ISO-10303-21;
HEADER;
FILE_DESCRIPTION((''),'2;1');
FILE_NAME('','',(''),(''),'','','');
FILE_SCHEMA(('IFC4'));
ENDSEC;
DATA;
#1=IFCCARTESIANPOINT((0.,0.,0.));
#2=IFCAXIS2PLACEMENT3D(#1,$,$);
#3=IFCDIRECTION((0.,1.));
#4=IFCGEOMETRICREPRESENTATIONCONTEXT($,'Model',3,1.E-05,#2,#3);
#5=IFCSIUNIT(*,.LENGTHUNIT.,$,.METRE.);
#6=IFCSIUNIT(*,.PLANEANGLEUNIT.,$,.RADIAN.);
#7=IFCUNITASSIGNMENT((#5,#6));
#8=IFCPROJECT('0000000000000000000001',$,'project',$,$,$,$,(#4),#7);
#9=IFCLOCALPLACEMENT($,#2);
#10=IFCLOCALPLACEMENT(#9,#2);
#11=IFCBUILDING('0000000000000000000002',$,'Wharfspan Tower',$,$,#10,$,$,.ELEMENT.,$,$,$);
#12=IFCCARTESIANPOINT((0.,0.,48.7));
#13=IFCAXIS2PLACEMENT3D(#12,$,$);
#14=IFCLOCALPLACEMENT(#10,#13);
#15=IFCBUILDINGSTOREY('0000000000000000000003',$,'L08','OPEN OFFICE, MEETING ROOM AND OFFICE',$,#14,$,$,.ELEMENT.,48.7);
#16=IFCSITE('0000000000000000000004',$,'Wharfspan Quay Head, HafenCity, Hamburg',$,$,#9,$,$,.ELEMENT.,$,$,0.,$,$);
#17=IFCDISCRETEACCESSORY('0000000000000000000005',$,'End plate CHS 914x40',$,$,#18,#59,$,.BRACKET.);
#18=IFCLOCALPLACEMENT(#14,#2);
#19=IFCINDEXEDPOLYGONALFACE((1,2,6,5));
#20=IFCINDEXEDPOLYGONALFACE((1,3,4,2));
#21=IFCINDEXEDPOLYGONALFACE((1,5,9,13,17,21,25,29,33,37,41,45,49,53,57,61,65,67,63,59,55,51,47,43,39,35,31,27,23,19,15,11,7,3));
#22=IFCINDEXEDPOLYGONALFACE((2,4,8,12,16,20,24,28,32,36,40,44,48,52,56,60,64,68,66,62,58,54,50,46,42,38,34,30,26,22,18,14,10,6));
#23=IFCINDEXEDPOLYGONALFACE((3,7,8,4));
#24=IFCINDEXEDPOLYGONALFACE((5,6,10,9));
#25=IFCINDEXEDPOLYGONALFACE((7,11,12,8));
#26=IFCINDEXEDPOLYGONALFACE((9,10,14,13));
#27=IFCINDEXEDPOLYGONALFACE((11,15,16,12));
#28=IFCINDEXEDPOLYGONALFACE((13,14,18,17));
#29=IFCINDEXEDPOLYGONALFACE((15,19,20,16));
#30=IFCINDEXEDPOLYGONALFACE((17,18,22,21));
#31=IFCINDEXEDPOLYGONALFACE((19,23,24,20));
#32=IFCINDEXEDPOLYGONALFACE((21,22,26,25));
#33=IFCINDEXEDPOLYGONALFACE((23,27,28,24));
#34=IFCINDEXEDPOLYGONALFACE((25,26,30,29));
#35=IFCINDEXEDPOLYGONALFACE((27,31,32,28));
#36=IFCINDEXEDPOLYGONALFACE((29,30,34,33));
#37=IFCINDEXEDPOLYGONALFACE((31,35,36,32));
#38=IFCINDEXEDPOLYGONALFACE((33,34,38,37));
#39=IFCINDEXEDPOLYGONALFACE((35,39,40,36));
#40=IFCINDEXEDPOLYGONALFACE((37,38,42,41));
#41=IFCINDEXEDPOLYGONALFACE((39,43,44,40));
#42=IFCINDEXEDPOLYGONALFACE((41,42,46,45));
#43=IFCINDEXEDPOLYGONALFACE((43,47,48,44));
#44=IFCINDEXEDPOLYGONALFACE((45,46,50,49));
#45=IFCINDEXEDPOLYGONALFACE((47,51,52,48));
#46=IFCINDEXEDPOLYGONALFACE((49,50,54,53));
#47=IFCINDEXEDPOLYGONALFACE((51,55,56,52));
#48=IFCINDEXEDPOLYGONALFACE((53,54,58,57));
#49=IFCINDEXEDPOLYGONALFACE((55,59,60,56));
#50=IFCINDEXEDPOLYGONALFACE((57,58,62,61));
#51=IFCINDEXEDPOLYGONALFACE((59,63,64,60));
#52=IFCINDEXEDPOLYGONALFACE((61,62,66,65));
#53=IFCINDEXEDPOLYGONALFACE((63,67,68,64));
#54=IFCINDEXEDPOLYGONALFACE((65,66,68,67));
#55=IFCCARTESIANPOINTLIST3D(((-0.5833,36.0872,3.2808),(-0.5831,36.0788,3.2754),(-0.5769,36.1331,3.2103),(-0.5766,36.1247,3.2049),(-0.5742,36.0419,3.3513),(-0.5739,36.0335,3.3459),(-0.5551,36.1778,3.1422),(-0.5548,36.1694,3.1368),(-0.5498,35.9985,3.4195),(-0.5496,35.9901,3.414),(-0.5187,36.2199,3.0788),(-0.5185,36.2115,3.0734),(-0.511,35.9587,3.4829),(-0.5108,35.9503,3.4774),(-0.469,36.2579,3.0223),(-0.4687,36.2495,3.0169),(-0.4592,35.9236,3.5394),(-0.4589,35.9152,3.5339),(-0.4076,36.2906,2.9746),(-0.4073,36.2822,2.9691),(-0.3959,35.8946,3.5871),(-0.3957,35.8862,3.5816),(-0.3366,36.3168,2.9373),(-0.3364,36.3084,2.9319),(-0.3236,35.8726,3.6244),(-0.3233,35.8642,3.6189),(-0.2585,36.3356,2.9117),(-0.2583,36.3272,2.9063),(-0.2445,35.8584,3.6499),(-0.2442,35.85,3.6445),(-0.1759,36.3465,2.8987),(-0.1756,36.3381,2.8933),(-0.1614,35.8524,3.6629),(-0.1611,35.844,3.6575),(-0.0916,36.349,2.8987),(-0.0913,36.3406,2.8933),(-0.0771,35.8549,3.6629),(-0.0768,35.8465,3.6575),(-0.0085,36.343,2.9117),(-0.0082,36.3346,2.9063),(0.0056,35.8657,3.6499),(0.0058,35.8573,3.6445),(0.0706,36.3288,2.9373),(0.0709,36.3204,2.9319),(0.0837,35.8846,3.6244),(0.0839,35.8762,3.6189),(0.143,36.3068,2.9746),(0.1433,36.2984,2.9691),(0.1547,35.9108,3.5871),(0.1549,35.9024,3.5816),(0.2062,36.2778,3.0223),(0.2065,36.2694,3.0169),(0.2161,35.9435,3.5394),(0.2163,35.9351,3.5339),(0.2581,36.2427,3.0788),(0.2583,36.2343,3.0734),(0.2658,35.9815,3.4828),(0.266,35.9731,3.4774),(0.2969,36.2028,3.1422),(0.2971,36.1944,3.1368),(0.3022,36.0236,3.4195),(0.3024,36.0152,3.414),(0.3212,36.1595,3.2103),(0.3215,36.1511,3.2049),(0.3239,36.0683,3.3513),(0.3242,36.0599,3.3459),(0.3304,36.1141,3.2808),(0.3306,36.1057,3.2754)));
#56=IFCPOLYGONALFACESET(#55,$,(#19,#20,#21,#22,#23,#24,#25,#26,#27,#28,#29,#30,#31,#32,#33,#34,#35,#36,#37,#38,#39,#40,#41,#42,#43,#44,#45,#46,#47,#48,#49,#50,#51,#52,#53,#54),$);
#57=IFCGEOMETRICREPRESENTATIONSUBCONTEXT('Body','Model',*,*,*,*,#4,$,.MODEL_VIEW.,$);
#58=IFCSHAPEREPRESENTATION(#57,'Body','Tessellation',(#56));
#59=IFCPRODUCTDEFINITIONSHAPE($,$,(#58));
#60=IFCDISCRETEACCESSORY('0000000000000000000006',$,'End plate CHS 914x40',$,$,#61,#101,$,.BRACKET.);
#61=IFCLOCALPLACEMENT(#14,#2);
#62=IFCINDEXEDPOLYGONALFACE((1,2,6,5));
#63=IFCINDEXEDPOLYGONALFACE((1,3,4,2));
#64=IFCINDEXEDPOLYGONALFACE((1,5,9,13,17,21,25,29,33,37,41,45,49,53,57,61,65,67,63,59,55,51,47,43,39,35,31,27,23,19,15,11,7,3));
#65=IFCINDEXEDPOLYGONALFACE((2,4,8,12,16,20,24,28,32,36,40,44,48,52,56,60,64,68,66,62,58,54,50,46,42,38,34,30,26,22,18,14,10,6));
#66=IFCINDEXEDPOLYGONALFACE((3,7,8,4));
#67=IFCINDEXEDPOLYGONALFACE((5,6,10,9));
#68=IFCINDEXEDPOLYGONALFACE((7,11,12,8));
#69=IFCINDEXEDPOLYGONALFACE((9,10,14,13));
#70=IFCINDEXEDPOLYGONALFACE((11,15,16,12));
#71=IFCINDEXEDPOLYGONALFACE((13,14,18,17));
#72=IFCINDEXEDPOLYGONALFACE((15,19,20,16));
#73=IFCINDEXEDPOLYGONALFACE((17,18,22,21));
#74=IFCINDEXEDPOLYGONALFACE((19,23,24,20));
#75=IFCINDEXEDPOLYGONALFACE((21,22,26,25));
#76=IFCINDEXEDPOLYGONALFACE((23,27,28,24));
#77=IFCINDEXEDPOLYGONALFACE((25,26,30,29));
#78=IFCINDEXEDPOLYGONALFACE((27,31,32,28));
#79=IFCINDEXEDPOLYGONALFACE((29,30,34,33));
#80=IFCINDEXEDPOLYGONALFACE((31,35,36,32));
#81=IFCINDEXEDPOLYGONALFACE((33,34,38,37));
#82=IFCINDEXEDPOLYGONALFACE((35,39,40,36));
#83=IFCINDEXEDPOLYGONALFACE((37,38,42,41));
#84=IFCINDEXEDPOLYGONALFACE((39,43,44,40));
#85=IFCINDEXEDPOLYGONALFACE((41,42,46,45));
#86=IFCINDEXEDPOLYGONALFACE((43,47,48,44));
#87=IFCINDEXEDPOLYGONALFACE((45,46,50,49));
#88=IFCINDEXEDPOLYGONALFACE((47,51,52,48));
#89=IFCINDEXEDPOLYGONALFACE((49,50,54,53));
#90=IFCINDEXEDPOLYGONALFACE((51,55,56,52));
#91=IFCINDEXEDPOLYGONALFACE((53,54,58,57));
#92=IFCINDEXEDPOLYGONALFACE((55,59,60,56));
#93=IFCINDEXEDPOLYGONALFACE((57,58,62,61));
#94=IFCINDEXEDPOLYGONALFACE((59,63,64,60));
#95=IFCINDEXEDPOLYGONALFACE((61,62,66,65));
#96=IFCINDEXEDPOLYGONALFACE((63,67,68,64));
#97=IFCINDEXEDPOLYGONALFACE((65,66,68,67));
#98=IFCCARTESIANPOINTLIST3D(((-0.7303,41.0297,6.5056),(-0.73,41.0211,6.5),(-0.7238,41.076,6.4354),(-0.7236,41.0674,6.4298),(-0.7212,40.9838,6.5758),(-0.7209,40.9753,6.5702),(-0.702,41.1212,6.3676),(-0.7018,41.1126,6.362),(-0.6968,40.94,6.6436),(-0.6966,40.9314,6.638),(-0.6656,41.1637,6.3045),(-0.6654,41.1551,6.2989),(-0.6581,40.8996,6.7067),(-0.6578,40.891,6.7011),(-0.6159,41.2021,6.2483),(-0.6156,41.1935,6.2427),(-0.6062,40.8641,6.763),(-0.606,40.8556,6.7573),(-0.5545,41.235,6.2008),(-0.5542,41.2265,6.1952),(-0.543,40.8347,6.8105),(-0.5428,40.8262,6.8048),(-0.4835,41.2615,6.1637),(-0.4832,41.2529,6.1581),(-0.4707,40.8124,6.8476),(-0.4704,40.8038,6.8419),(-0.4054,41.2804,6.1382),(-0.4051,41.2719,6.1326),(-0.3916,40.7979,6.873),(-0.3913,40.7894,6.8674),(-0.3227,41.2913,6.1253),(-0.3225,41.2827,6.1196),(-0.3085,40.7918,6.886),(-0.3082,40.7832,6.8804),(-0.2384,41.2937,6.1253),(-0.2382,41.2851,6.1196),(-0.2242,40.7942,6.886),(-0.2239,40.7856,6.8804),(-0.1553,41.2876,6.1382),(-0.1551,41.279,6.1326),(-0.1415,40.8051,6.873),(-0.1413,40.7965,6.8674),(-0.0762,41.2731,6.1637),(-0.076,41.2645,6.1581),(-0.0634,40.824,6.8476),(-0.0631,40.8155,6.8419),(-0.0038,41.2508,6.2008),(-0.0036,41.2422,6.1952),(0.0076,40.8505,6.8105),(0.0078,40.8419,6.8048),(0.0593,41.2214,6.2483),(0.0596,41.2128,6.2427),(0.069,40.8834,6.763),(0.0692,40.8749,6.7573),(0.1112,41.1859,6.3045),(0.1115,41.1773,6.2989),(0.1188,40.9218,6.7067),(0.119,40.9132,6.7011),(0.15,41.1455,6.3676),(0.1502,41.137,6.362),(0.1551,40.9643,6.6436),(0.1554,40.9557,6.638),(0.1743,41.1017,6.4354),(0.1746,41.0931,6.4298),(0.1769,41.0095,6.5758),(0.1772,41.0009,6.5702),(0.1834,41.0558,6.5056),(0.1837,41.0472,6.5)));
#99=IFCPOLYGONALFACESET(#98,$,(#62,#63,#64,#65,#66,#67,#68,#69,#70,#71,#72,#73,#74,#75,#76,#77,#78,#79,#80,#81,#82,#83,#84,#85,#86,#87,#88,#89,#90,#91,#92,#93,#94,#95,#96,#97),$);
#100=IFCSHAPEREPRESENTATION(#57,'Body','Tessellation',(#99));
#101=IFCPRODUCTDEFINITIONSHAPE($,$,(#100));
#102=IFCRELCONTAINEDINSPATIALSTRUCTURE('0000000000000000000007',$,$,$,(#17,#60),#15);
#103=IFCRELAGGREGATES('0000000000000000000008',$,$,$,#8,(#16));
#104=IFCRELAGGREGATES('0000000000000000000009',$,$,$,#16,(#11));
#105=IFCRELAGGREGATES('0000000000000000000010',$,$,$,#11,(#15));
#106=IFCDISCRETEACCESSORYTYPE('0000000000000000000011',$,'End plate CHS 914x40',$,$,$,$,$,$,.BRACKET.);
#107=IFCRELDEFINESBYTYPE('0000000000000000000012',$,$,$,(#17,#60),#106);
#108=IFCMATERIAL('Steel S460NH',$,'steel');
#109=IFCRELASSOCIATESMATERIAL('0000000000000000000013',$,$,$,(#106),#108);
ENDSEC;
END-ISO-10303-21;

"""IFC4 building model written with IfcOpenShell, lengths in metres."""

from ifc_helpers import new_model, si_unit, direction, frame, origin, origin_2d, place, context, subcontext, project, spatial, circle, extrude, material, material_profile, profile_set, type_object, element, save


model = new_model("IFC4")

# Units and contexts
model_context = context("Model", 3, precision=1e-05, world=origin(), true_north=direction((0.0, 1.0)))
body_context = subcontext(model_context, "Body", "Model", "MODEL_VIEW")
ifc_project = project(units=[si_unit("LENGTHUNIT", "METRE"), si_unit("PLANEANGLEUNIT", "RADIAN")], contexts=[model_context])

# Site, building, storey
site_placement = place(None, origin())
site = spatial("IfcSite", under=ifc_project, at=site_placement, Name="Wharfspan Quay Head, HafenCity, Hamburg", CompositionType="ELEMENT", RefElevation=0.0)
building_placement = place(site_placement, origin())
building = spatial("IfcBuilding", under=site, at=building_placement, Name="Wharfspan Tower", CompositionType="ELEMENT")
storey_placement = place(building_placement, frame((0.0, 0.0, 48.7)))
storey = spatial("IfcBuildingStorey", under=building, at=storey_placement, Name="L08", Description="OPEN OFFICE, MEETING ROOM AND OFFICE", CompositionType="ELEMENT", Elevation=48.7)

# Shared definitions
ifc_material_1 = material(Name="Steel S460NH", Category="steel")

# Discrete accessories
ifc_material_profile_1 = material_profile(ifc_material_1, circle(Radius=0.457, at=origin_2d()))
ifc_profile_set_1 = profile_set([ifc_material_profile_1], Name="Steel S460NH")
discrete_accessory_type = type_object("IfcDiscreteAccessoryType", Name="End plate CHS 914x40", PredefinedType="BRACKET", material=ifc_profile_set_1)
for number, where, z_axis, x_axis, name in (
    (1, (-0.1262, 36.0923, 3.2754), (-0.024686, 0.839314, 0.543086), (-0.999566, -0.0294, 0.000001), "End plate CHS 914x40"),
):
    element("IfcDiscreteAccessory", number, at=place(storey_placement, frame(where, z_axis=z_axis, x_axis=x_axis)), inside=storey, type_object=discrete_accessory_type, Name=name, PredefinedType="BRACKET", context=body_context, shape_type="SweptSolid", body=[
        extrude(circle(Radius=0.457, at=origin_2d()), origin(), (0.0, 0.0, 1.0), 0.01),
    ])
discrete_accessory_placement = place(storey_placement, frame((-0.2732, 41.0342, 6.5), z_axis=(-0.02387, 0.835467, 0.549021), x_axis=(-0.999596, -0.028558, -0.000002)))
element("IfcDiscreteAccessory", 2, at=discrete_accessory_placement, inside=storey, type_object=discrete_accessory_type, Name="End plate CHS 914x40", PredefinedType="BRACKET", context=body_context, shape_type="SweptSolid", body=[
    extrude(circle(Radius=0.457, at=origin_2d()), origin(), (0.0, 0.0, 1.0), 0.0103),
])

save(model, "model.ifc")
